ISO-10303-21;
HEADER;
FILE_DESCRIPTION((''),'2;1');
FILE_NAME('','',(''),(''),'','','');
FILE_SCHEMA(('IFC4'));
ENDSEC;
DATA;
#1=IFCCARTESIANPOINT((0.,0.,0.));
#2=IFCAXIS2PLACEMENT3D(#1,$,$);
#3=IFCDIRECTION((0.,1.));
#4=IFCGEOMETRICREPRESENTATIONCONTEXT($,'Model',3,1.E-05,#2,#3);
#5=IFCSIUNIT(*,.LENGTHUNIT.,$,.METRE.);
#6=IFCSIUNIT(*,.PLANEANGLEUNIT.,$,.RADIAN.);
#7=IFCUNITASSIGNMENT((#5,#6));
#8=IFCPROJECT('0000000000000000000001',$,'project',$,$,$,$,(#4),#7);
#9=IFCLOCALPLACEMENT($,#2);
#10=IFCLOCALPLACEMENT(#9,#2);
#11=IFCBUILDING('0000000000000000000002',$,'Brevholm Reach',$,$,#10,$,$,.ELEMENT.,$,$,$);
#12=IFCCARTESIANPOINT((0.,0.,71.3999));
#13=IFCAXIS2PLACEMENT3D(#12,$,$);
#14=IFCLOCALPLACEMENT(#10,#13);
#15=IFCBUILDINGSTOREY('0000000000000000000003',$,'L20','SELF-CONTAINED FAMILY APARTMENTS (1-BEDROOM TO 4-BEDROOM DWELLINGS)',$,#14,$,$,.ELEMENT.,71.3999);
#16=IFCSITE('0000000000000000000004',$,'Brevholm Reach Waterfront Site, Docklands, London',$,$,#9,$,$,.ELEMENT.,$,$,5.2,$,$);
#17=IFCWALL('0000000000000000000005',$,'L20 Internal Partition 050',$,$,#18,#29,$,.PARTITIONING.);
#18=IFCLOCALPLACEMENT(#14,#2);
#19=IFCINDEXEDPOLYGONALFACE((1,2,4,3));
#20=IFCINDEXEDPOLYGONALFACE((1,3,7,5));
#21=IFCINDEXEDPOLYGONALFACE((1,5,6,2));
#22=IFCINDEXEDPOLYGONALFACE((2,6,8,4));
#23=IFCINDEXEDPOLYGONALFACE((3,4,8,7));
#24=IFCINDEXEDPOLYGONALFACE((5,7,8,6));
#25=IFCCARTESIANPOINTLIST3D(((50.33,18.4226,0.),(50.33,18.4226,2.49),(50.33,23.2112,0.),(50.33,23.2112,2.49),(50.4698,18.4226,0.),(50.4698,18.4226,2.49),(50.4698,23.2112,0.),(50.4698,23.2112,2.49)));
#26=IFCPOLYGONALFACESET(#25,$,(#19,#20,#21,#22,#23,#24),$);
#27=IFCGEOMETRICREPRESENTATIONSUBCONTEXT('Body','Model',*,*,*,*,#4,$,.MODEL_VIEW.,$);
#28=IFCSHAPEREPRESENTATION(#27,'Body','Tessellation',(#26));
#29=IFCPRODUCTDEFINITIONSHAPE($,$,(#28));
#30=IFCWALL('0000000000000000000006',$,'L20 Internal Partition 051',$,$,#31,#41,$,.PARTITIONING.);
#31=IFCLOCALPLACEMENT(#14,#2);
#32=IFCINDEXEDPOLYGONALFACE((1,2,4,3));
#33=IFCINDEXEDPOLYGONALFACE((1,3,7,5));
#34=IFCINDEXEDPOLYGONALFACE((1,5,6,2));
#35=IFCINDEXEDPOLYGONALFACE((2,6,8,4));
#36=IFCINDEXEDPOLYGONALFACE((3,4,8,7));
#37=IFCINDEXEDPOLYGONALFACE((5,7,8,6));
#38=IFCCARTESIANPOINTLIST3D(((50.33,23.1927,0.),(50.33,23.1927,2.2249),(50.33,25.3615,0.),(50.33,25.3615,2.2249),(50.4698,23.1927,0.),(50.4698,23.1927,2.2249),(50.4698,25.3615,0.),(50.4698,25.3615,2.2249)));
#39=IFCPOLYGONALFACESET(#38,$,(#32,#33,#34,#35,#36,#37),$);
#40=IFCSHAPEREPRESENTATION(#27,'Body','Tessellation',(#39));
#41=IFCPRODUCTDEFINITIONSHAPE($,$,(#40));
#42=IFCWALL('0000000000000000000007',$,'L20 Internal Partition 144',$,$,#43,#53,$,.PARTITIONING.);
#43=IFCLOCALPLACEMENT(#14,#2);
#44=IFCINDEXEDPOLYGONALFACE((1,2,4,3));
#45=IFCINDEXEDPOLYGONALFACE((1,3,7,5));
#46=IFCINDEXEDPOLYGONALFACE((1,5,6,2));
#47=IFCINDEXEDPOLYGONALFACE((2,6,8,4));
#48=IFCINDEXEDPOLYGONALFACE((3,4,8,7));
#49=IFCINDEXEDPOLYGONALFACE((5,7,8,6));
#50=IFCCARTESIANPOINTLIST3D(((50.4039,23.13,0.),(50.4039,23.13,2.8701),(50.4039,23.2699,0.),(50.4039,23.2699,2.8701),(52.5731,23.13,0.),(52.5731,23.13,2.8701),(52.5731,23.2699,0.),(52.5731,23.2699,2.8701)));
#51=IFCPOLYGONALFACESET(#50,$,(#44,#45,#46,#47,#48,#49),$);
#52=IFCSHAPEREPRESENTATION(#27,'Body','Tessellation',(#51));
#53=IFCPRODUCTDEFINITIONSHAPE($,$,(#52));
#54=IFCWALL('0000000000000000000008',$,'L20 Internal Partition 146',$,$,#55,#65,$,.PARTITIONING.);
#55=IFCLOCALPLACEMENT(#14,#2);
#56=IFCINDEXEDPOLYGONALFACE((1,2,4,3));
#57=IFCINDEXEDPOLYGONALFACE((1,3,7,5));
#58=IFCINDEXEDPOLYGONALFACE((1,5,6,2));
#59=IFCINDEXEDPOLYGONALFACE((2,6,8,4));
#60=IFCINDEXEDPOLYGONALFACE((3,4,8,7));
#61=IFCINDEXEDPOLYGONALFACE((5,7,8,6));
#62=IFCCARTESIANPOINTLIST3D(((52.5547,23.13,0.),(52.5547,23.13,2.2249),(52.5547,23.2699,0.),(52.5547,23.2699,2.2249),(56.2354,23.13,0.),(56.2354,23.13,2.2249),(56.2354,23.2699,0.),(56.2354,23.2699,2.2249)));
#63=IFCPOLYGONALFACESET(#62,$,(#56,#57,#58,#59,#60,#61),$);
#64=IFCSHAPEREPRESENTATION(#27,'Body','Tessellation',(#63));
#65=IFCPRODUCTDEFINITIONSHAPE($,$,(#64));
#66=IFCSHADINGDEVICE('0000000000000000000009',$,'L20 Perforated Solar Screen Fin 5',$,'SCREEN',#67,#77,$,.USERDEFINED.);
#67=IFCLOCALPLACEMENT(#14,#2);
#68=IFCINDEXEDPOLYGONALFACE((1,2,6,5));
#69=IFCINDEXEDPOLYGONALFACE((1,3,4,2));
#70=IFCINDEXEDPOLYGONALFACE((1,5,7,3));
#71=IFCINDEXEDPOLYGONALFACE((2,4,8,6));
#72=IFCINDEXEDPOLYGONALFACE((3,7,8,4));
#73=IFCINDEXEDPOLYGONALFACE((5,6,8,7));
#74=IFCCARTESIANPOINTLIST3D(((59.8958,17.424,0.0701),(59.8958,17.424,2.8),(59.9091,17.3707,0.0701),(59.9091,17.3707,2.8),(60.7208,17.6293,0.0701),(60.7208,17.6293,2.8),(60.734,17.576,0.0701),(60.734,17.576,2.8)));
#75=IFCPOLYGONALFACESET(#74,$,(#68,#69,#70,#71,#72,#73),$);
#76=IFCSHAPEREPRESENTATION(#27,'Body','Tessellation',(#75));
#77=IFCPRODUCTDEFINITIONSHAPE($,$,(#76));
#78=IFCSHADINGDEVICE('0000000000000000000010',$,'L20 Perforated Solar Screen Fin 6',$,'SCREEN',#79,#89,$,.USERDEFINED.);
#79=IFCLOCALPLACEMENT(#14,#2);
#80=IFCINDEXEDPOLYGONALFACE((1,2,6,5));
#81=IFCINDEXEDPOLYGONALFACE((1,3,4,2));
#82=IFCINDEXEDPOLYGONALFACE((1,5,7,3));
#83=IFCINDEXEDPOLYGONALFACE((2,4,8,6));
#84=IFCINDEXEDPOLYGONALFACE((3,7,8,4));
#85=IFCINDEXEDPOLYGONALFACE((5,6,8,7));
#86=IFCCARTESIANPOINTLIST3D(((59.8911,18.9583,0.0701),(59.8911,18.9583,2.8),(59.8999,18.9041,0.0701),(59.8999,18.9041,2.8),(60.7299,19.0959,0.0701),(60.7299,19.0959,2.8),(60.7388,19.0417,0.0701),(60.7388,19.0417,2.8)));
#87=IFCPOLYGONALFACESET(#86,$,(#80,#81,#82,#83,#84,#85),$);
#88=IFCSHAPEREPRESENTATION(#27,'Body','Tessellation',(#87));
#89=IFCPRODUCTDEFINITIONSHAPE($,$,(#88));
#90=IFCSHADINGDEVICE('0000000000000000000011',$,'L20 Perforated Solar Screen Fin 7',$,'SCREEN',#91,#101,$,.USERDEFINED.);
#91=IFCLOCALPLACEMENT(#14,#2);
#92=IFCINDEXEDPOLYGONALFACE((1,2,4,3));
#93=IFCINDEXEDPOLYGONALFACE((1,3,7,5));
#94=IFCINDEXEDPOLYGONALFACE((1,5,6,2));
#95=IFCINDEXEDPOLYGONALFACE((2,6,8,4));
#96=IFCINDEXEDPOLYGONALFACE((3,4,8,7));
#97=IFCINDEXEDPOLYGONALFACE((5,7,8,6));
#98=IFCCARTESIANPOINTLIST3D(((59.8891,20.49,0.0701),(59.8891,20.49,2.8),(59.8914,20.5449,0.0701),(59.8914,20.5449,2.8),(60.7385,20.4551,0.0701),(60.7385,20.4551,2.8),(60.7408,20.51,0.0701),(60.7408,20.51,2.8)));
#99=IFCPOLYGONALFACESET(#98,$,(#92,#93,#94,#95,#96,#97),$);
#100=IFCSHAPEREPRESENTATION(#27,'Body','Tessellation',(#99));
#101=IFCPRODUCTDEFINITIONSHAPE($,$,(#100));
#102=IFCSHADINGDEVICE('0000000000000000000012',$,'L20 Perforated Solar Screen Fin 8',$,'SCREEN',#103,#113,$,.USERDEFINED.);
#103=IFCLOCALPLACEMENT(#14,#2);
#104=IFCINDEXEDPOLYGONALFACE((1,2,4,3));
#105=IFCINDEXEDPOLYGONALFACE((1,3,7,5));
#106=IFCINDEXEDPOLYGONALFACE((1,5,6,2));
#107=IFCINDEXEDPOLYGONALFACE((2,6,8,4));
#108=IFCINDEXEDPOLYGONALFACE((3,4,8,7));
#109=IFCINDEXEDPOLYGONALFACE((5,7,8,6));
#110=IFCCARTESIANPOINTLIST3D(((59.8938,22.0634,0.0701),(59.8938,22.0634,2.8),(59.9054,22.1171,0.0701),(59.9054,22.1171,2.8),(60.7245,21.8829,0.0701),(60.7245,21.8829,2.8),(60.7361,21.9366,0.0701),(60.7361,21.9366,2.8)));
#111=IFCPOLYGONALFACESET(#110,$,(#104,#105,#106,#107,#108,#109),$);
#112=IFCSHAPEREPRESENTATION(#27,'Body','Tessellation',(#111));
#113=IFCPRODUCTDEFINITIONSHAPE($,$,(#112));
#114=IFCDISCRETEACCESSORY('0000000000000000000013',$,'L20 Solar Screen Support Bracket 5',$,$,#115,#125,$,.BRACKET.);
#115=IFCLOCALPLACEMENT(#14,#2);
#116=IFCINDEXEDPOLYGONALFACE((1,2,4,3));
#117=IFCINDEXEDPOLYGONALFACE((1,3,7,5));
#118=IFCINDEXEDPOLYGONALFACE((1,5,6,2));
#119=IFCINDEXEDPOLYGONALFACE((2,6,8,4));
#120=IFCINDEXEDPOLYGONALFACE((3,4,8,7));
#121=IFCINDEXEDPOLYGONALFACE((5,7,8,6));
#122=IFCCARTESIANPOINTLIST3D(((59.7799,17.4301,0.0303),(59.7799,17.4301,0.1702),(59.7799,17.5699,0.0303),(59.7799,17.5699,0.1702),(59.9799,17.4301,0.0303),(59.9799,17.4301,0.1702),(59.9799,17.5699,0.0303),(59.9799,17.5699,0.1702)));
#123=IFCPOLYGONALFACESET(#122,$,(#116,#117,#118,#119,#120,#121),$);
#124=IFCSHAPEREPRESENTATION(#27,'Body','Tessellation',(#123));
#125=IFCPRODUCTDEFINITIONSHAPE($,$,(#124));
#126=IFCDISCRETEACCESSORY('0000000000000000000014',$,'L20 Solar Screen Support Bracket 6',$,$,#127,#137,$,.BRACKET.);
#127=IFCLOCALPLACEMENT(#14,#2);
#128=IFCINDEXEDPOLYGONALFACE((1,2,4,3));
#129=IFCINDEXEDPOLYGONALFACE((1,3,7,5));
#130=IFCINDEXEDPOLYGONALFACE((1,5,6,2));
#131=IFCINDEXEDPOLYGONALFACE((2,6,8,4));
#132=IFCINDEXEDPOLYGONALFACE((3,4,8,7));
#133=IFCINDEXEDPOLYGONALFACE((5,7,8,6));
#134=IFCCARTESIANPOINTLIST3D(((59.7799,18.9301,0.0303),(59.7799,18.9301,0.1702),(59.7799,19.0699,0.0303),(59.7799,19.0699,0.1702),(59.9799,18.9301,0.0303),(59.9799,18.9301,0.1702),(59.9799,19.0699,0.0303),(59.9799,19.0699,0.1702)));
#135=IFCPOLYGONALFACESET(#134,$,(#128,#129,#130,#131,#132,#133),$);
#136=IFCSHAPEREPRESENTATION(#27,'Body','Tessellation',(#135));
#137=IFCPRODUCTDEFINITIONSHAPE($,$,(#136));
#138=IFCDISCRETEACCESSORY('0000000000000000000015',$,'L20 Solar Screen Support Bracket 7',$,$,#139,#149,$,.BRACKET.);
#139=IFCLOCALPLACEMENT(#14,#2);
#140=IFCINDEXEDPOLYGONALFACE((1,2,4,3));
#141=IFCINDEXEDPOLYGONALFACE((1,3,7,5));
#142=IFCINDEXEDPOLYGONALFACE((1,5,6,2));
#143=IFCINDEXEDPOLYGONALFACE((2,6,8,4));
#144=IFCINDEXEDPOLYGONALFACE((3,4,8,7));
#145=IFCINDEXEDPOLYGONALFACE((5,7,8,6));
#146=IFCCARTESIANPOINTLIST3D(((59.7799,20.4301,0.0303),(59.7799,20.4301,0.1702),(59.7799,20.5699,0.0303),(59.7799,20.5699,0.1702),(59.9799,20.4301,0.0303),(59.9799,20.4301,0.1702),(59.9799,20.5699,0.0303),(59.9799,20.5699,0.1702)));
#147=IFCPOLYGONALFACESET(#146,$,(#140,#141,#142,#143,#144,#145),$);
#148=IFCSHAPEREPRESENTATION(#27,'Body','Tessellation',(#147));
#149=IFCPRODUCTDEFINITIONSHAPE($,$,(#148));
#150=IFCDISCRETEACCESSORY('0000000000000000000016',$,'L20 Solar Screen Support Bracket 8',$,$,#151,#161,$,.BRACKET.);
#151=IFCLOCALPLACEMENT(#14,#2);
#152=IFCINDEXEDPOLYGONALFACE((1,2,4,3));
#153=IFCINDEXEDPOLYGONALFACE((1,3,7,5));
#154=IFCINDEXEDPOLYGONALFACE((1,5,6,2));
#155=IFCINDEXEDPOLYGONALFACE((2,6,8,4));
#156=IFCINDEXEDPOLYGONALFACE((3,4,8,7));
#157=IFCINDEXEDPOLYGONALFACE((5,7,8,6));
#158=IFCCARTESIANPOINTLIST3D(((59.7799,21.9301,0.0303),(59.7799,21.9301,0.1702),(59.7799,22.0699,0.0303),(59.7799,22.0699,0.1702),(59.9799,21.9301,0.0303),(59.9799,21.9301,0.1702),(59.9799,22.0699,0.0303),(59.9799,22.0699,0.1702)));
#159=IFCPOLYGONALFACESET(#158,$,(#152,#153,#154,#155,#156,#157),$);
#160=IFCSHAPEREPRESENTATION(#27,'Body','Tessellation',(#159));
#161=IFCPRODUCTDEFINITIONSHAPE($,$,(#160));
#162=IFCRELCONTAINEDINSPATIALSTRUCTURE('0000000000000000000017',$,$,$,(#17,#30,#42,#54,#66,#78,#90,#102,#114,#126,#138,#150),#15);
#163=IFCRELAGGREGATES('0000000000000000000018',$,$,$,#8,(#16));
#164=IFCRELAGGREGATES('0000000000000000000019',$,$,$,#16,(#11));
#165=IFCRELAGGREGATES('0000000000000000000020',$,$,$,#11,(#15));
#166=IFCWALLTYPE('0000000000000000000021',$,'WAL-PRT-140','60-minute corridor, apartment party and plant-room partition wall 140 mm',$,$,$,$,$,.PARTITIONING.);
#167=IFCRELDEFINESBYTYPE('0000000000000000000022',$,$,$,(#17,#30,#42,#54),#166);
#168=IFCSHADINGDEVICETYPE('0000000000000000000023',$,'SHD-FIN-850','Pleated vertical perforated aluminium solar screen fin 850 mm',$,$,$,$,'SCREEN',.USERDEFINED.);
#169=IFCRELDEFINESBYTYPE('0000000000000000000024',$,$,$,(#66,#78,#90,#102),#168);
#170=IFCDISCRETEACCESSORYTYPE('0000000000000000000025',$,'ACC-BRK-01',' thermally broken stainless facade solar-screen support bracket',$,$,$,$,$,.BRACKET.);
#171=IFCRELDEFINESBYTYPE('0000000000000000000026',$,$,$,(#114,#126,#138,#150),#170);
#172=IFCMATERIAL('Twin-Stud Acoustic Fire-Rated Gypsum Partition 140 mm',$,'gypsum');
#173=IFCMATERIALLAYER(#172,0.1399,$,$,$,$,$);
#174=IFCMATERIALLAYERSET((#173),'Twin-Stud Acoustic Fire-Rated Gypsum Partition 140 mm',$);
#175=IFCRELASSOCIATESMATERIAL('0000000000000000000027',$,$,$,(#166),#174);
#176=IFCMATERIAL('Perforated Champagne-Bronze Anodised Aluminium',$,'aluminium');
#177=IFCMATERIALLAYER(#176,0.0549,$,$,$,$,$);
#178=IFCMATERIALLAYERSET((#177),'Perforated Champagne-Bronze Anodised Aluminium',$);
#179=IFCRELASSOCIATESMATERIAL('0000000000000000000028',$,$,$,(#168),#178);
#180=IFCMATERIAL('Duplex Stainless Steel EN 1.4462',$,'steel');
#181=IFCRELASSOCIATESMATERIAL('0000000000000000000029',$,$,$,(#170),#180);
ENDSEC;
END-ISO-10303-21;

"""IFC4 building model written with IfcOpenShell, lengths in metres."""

from ifc_helpers import new_model, si_unit, direction, frame, frame_2d, origin, origin_2d, place, context, subcontext, project, spatial, rectangle, extrude, material, layer, layer_set, type_object, element, save


model = new_model("IFC4")

# Units and contexts
model_context = context("Model", 3, precision=1e-05, world=origin(), true_north=direction((0.0, 1.0)))
body_context = subcontext(model_context, "Body", "Model", "MODEL_VIEW")
ifc_project = project(units=[si_unit("LENGTHUNIT", "METRE"), si_unit("PLANEANGLEUNIT", "RADIAN")], contexts=[model_context])

# Site, building, storey
site_placement = place(None, origin())
site = spatial("IfcSite", under=ifc_project, at=site_placement, Name="Brevholm Reach Waterfront Site, Docklands, London", CompositionType="ELEMENT", RefElevation=5.2)
building_placement = place(site_placement, origin())
building = spatial("IfcBuilding", under=site, at=building_placement, Name="Brevholm Reach", CompositionType="ELEMENT")
storey_placement = place(building_placement, frame((0.0, 0.0, 71.3999)))
storey = spatial("IfcBuildingStorey", under=building, at=storey_placement, Name="L20", Description="SELF-CONTAINED FAMILY APARTMENTS (1-BEDROOM TO 4-BEDROOM DWELLINGS)", CompositionType="ELEMENT", Elevation=71.3999)

# Shared definitions
ifc_material_1 = material(Name="Twin-Stud Acoustic Fire-Rated Gypsum Partition 140 mm", Category="gypsum")
ifc_layer_1 = layer(ifc_material_1, 0.1399)
ifc_layer_set_1 = layer_set([ifc_layer_1], Name="Twin-Stud Acoustic Fire-Rated Gypsum Partition 140 mm")
wall_type_1 = type_object("IfcWallType", Name="WAL-PRT-140", Description="60-minute corridor, apartment party and plant-room partition wall 140 mm", PredefinedType="PARTITIONING", material=ifc_layer_set_1)

# Walls
wall_1_placement = place(storey_placement, frame((50.3999, 18.4226, 0.0), z_axis=(0.0, 0.0, 1.0), x_axis=(0.0, 1.0, 0.0)))
element("IfcWall", 1, at=wall_1_placement, inside=storey, type_object=wall_type_1, Name="L20 Internal Partition 050", PredefinedType="PARTITIONING", context=body_context, shape_type="SweptSolid", body=[
    extrude(rectangle(XDim=4.7886, YDim=0.1399, at=frame_2d((2.3943, 0.0))), origin(), (0.0, 0.0, 1.0), 2.49),
])
wall_2_placement = place(storey_placement, frame((50.3999, 23.1926, 0.0), z_axis=(0.0, 0.0, 1.0), x_axis=(0.0, 1.0, 0.0)))
element("IfcWall", 2, at=wall_2_placement, inside=storey, type_object=wall_type_1, Name="L20 Internal Partition 051", PredefinedType="PARTITIONING", context=body_context, shape_type="SweptSolid", body=[
    extrude(rectangle(XDim=2.1687, YDim=0.1399, at=frame_2d((1.0845, 0.0))), origin(), (0.0, 0.0, 1.0), 2.2249),
])
wall_3_placement = place(storey_placement, frame((50.4041, 23.2, 0.0), z_axis=(0.0, 0.0, 1.0), x_axis=(1.0, 0.0, 0.0)))
element("IfcWall", 3, at=wall_3_placement, inside=storey, type_object=wall_type_1, Name="L20 Internal Partition 144", PredefinedType="PARTITIONING", context=body_context, shape_type="SweptSolid", body=[
    extrude(rectangle(XDim=2.1692, YDim=0.1399, at=frame_2d((1.0845, 0.0))), origin(), (0.0, 0.0, 1.0), 2.8701),
])
wall_4_placement = place(storey_placement, frame((52.5547, 23.2, 0.0), z_axis=(0.0, 0.0, 1.0), x_axis=(1.0, 0.0, 0.0)))
element("IfcWall", 4, at=wall_4_placement, inside=storey, type_object=wall_type_1, Name="L20 Internal Partition 146", PredefinedType="PARTITIONING", context=body_context, shape_type="SweptSolid", body=[
    extrude(rectangle(XDim=3.6807, YDim=0.1399, at=frame_2d((1.8403, 0.0))), origin(), (0.0, 0.0, 1.0), 2.2249),
])

# Shading devices
ifc_material_2 = material(Name="Perforated Champagne-Bronze Anodised Aluminium", Category="aluminium")
ifc_layer_2 = layer(ifc_material_2, 0.0549)
ifc_layer_set_2 = layer_set([ifc_layer_2], Name="Perforated Champagne-Bronze Anodised Aluminium")
shading_device_type = type_object("IfcShadingDeviceType", Name="SHD-FIN-850", Description="Pleated vertical perforated aluminium solar screen fin 850 mm", ElementType="SCREEN", PredefinedType="USERDEFINED", material=ifc_layer_set_2)
for number, where, z_axis, x_axis, name in (
    (5, (60.3149, 17.5, 0.0701), (0.0, 0.0, 1.0), (0.970384, 0.241566, 0.0), "L20 Perforated Solar Screen Fin 5"),
    (6, (60.3149, 19.0, 0.0701), (0.0, 0.0, 1.0), (0.986802, 0.161931, 0.0), "L20 Perforated Solar Screen Fin 6"),
    (7, (60.3149, 20.5, 0.0701), (0.0, 0.0, 1.0), (0.999153, -0.041143, 0.0), "L20 Perforated Solar Screen Fin 7"),
    (8, (60.3149, 22.0, 0.0701), (0.0, 0.0, 1.0), (0.977198, -0.212331, 0.0), "L20 Perforated Solar Screen Fin 8"),
):
    element("IfcShadingDevice", number, at=place(storey_placement, frame(where, z_axis=z_axis, x_axis=x_axis)), inside=storey, type_object=shading_device_type, Name=name, ObjectType="SCREEN", PredefinedType="USERDEFINED", context=body_context, shape_type="SweptSolid", body=[
        extrude(rectangle(XDim=0.8501, YDim=0.0549, at=origin_2d()), origin(), (0.0, 0.0, 1.0), 2.73),
    ])

# Discrete accessories
ifc_material_3 = material(Name="Duplex Stainless Steel EN 1.4462", Category="steel")
discrete_accessory_type = type_object("IfcDiscreteAccessoryType", Name="ACC-BRK-01", Description=" thermally broken stainless facade solar-screen support bracket", PredefinedType="BRACKET", material=ifc_material_3)
for number, where, z_axis, x_axis, name in (
    (9, (59.8799, 17.5, 0.0303), (0.0, 0.0, 1.0), (1.0, 0.0, 0.0), "L20 Solar Screen Support Bracket 5"),
    (10, (59.8799, 19.0, 0.0303), (0.0, 0.0, 1.0), (1.0, 0.0, 0.0), "L20 Solar Screen Support Bracket 6"),
    (11, (59.8799, 20.5, 0.0303), (0.0, 0.0, 1.0), (1.0, 0.0, 0.0), "L20 Solar Screen Support Bracket 7"),
    (12, (59.8799, 22.0, 0.0303), (0.0, 0.0, 1.0), (1.0, 0.0, 0.0), "L20 Solar Screen Support Bracket 8"),
):
    element("IfcDiscreteAccessory", number, at=place(storey_placement, frame(where, z_axis=z_axis, x_axis=x_axis)), inside=storey, type_object=discrete_accessory_type, Name=name, PredefinedType="BRACKET", context=body_context, shape_type="SweptSolid", body=[
        extrude(rectangle(XDim=0.2, YDim=0.1399, at=origin_2d()), origin(), (0.0, 0.0, 1.0), 0.1399),
    ])

save(model, "model.ifc")
